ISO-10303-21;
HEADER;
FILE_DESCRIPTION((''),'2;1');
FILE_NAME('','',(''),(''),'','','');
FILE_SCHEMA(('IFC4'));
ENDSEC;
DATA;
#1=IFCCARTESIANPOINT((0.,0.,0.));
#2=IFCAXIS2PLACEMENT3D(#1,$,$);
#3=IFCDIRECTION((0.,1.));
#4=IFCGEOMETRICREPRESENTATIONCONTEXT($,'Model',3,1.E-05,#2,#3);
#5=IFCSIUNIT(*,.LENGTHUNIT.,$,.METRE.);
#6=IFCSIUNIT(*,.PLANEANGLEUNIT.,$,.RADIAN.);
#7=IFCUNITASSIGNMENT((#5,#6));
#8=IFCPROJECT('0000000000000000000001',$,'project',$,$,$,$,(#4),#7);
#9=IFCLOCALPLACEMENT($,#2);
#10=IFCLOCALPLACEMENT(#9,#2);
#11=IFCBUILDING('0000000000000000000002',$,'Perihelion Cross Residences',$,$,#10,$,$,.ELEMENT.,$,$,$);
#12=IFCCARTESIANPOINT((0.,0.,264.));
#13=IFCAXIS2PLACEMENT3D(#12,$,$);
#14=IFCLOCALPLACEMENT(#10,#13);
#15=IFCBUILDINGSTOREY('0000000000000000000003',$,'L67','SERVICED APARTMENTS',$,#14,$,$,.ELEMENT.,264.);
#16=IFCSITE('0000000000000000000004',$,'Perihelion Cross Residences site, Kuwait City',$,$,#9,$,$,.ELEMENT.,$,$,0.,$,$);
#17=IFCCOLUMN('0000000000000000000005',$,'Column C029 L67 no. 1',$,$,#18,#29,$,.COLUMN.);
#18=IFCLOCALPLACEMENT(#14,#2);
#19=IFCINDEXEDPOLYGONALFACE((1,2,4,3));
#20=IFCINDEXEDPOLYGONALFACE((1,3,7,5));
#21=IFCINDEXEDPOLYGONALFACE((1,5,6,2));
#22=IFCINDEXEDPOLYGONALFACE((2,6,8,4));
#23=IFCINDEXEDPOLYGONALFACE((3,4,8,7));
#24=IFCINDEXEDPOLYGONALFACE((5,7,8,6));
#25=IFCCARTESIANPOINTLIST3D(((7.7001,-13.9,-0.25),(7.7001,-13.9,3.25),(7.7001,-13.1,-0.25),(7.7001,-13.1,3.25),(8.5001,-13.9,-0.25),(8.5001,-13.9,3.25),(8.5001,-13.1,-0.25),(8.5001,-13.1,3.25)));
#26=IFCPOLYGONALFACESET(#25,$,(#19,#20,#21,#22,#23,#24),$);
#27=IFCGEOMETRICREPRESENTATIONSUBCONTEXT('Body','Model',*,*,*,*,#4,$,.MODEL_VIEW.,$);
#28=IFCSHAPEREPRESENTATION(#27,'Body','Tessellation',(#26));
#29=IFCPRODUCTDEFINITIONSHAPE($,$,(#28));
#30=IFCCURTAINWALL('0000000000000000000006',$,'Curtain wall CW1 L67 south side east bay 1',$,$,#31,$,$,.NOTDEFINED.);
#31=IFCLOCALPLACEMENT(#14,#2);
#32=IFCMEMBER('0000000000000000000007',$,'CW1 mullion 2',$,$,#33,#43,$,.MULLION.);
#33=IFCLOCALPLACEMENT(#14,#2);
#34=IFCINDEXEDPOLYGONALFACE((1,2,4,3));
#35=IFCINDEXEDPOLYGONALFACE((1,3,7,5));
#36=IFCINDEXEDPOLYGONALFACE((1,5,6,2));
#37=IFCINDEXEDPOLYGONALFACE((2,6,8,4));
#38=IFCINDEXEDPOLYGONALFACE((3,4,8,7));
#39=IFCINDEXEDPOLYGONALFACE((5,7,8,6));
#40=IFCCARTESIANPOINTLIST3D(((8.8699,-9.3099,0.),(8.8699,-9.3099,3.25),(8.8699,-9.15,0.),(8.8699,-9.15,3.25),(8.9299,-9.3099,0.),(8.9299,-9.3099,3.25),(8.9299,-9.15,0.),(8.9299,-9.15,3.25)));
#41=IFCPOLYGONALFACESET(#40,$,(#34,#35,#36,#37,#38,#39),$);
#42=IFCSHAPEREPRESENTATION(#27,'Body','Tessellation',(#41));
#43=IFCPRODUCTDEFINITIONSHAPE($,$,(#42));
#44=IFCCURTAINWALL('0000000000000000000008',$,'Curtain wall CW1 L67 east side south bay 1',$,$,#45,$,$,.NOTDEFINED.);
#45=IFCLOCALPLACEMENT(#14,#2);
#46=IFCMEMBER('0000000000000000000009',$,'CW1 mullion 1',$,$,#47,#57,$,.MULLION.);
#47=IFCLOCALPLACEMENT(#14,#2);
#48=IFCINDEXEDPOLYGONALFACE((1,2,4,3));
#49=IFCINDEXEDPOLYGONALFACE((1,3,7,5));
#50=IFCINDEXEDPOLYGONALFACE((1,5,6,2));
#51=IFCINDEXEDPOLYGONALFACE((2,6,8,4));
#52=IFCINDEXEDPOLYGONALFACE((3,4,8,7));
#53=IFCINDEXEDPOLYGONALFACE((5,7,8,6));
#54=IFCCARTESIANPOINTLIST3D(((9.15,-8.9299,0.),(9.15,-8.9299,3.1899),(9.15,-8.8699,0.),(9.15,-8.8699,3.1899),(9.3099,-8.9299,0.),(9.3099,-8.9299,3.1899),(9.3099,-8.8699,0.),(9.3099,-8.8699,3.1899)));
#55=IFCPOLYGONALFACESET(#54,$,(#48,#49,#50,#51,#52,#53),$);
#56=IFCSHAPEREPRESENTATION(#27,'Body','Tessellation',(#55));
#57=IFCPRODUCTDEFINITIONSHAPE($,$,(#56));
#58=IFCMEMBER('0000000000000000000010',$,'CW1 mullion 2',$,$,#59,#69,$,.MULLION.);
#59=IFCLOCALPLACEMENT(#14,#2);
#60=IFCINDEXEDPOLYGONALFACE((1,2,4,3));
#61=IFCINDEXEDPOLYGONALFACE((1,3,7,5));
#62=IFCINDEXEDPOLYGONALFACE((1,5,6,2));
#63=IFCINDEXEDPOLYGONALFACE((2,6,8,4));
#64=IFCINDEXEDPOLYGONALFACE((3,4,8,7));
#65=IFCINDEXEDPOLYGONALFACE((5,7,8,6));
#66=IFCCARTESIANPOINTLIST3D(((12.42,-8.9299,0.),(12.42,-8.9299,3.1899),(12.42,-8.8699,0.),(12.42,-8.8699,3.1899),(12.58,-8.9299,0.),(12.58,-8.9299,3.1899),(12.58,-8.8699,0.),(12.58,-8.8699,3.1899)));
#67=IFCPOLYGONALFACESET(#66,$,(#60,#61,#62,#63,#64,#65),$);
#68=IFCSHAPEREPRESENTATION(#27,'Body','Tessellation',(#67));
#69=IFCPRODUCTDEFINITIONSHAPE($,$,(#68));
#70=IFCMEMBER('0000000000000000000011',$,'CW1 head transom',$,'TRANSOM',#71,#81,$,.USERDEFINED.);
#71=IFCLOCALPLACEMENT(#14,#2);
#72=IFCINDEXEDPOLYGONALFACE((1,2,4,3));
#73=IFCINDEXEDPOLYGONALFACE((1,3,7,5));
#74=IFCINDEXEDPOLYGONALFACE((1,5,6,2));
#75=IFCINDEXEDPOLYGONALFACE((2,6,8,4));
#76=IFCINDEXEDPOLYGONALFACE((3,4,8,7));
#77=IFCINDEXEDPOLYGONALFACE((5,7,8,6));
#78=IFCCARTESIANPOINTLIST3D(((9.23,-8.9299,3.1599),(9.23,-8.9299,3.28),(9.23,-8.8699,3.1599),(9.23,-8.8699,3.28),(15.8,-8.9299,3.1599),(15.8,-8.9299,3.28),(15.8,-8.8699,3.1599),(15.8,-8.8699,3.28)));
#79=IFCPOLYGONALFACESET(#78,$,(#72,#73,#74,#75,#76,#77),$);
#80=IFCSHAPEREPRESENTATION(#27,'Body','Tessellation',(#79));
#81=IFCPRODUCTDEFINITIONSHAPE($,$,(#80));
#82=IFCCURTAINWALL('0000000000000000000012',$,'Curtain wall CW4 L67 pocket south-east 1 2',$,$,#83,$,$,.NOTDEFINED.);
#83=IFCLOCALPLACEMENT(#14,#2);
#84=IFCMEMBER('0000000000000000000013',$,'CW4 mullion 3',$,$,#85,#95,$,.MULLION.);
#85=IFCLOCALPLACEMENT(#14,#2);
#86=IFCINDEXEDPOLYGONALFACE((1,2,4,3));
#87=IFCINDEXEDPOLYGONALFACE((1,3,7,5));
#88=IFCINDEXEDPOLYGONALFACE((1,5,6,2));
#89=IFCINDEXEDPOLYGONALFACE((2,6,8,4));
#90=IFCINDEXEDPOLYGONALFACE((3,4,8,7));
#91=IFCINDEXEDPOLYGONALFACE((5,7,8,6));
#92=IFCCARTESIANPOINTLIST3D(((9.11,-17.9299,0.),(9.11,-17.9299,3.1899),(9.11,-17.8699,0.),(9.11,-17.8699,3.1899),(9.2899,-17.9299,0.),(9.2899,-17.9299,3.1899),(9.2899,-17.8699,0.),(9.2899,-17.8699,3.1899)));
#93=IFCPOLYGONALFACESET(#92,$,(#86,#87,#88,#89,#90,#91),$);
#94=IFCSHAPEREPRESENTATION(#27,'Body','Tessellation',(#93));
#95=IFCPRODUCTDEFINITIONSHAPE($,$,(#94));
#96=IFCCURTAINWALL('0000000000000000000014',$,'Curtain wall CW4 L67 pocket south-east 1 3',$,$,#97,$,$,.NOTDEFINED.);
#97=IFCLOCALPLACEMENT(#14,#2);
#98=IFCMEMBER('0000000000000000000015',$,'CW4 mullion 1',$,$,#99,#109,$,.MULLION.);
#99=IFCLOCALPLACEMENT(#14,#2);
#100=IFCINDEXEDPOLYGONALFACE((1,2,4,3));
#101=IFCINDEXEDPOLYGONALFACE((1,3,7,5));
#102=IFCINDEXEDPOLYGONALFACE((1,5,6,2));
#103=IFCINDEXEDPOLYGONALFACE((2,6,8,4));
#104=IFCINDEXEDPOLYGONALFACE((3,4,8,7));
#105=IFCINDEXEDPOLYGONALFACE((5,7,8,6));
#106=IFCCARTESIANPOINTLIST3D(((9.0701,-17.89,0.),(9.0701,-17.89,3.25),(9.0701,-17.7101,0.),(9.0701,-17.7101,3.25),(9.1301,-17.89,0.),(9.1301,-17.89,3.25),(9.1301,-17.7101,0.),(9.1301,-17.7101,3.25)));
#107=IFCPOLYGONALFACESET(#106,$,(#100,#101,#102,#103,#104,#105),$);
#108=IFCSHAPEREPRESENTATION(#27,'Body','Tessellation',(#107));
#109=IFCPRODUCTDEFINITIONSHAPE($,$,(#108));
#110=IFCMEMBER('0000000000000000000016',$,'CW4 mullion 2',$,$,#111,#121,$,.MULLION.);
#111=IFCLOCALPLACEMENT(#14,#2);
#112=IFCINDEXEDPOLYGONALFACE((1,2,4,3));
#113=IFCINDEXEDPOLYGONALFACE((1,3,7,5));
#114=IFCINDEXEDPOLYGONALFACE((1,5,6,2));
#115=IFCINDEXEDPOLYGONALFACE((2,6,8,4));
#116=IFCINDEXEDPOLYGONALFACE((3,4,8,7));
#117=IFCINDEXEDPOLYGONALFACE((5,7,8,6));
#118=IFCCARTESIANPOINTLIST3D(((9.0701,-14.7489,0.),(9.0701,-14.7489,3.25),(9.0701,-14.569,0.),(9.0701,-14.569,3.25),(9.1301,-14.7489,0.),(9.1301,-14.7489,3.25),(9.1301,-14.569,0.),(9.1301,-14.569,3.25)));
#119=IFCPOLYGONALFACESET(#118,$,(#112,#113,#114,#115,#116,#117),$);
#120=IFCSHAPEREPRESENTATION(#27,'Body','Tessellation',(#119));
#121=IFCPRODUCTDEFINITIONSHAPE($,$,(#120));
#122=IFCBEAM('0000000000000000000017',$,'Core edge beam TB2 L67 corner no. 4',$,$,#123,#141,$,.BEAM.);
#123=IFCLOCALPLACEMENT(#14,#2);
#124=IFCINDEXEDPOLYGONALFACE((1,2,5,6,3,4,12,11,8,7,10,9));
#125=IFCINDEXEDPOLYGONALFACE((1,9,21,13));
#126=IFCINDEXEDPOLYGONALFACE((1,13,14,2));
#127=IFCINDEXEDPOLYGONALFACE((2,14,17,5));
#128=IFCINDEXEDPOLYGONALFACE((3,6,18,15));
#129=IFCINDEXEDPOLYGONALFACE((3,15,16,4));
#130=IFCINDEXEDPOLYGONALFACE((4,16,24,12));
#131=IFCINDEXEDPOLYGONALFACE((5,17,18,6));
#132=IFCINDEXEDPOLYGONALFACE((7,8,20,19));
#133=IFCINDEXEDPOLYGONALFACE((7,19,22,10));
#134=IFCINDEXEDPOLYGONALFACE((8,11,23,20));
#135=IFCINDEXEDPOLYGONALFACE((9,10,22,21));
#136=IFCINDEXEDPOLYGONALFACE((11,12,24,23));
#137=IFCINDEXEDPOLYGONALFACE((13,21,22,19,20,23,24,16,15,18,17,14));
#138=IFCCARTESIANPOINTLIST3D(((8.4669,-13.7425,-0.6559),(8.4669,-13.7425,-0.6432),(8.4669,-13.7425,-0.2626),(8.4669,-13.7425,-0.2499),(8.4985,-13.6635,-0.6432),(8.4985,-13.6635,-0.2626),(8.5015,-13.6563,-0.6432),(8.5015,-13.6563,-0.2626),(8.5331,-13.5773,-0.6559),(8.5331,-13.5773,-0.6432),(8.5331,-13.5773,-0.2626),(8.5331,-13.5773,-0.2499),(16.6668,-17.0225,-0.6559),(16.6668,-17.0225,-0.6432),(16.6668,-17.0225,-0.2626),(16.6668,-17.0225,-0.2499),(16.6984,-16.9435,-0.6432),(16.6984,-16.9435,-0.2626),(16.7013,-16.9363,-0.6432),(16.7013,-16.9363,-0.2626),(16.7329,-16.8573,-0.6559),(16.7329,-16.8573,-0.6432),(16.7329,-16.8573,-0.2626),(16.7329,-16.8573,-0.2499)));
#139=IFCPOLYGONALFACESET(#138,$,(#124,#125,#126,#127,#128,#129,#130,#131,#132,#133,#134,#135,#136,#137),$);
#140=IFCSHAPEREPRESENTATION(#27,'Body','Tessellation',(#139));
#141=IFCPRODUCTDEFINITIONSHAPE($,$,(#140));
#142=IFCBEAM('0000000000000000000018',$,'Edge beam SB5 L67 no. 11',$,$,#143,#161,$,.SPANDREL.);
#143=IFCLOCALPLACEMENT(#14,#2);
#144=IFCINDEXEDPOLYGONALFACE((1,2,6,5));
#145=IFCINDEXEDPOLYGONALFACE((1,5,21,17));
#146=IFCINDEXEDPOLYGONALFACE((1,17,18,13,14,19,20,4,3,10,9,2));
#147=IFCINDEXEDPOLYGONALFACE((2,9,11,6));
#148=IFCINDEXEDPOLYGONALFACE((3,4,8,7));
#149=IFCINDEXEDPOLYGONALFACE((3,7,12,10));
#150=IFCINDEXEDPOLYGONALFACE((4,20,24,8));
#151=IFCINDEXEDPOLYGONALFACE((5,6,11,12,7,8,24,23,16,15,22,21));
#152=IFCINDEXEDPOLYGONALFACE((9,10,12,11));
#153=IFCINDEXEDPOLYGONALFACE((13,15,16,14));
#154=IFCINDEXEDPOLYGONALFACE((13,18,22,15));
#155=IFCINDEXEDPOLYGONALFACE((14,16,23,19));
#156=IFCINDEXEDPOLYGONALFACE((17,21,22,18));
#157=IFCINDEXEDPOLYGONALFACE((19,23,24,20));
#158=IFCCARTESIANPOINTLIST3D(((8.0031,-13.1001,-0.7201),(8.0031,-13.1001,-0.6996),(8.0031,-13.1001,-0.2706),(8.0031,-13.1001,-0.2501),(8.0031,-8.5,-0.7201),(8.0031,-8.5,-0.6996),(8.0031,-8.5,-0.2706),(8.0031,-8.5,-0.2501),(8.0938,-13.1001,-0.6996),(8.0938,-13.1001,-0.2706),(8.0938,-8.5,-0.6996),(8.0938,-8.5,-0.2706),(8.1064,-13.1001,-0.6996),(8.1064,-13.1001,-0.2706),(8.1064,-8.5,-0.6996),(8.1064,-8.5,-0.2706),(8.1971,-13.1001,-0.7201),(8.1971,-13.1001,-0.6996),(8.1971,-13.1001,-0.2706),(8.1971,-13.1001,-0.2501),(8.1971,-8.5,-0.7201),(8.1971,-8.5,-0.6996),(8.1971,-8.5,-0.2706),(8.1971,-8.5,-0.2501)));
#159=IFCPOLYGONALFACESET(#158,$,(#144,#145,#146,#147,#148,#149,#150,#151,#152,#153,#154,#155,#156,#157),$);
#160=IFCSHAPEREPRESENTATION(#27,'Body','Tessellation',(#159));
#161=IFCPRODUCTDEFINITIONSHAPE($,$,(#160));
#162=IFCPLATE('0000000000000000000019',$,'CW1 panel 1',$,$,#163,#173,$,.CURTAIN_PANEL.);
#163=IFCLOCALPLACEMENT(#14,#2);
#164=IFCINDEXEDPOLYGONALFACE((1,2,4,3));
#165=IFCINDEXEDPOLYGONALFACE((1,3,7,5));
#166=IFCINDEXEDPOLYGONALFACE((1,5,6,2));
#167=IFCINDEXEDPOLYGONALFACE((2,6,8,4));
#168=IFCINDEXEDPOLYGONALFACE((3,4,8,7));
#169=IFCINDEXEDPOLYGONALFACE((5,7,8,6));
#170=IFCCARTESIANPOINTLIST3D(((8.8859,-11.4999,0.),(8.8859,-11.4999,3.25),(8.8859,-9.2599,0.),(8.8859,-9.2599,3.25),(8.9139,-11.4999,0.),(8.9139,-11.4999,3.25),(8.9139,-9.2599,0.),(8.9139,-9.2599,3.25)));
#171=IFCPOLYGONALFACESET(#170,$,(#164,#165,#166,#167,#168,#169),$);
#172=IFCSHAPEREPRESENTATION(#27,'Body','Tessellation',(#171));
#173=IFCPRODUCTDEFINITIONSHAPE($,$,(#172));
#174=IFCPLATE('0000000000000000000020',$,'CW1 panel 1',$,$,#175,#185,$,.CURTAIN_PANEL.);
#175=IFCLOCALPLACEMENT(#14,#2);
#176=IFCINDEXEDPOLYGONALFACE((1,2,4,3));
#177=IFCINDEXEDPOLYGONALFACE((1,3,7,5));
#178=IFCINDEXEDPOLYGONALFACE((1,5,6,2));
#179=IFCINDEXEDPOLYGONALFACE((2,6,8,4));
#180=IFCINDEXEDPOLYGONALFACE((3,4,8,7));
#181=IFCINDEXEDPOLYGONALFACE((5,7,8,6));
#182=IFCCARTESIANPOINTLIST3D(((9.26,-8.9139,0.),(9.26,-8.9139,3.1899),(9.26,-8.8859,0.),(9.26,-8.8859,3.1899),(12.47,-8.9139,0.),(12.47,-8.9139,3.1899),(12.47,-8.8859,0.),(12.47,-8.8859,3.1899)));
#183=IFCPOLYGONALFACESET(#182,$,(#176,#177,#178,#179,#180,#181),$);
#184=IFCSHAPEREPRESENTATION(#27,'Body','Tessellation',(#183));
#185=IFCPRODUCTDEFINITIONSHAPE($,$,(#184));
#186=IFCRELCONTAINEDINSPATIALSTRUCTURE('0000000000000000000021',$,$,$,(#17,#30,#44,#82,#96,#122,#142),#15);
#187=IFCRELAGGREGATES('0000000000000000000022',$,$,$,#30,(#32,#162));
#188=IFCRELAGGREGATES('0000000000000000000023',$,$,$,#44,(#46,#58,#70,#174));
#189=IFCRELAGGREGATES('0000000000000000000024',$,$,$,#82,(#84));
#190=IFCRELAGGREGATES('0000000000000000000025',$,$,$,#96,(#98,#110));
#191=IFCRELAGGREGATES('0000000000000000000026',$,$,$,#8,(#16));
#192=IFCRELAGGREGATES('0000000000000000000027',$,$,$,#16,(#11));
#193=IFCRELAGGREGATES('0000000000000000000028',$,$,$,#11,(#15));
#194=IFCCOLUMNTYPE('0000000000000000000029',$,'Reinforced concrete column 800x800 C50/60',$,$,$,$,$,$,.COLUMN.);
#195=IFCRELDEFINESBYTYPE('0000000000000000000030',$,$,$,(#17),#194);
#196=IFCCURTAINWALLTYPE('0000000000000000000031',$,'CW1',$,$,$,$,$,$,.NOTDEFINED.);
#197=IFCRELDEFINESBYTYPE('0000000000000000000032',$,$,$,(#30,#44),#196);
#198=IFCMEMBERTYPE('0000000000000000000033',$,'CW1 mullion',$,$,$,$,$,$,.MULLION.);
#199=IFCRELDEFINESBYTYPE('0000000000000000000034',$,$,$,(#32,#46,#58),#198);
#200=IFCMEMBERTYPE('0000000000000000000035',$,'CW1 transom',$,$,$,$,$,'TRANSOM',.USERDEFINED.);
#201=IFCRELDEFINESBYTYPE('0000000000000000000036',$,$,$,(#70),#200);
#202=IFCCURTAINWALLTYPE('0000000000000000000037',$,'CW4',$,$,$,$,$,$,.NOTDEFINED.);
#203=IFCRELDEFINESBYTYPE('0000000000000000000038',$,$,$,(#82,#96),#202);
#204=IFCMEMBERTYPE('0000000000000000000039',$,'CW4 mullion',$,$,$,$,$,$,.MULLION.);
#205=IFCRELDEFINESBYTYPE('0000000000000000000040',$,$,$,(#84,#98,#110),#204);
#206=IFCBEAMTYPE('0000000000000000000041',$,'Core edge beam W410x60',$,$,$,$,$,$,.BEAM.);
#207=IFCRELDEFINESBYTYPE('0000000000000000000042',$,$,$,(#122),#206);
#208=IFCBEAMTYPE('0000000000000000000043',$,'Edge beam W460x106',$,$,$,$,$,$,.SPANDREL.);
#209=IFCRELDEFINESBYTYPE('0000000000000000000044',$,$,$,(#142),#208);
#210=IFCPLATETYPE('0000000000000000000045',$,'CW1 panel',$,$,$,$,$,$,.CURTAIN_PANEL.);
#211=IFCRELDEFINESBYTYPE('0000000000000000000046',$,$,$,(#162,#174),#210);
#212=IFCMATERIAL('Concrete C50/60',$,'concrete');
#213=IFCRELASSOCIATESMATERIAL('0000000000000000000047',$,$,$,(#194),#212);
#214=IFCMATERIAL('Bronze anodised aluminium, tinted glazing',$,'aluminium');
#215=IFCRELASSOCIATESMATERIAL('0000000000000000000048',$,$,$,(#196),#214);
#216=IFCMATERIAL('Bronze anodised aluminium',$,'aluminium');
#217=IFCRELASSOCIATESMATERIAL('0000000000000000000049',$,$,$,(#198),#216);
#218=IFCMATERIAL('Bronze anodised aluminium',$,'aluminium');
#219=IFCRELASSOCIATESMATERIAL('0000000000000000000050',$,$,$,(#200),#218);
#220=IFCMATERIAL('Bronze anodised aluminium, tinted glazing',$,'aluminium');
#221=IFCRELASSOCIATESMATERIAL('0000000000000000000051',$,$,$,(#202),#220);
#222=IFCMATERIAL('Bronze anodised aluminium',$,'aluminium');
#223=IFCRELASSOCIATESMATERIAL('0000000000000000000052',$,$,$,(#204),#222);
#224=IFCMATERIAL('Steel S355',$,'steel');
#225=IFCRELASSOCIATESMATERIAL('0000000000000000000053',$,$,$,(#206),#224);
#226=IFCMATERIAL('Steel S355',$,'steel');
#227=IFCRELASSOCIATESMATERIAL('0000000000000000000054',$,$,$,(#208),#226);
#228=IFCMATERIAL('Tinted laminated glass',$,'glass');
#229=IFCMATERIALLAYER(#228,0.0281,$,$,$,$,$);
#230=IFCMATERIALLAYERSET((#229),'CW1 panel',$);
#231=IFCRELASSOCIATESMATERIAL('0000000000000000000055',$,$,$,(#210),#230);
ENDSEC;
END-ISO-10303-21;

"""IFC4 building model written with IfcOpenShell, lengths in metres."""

from ifc_helpers import new_model, si_unit, direction, frame, origin, origin_2d, place, context, subcontext, project, spatial, rectangle, i_section, extrude, material, layer, layer_set, material_profile, profile_set, type_object, element, aggregate, save


model = new_model("IFC4")

# Units and contexts
model_context = context("Model", 3, precision=1e-05, world=origin(), true_north=direction((0.0, 1.0)))
body_context = subcontext(model_context, "Body", "Model", "MODEL_VIEW")
ifc_project = project(units=[si_unit("LENGTHUNIT", "METRE"), si_unit("PLANEANGLEUNIT", "RADIAN")], contexts=[model_context])

# Site, building, storey
site_placement = place(None, origin())
site = spatial("IfcSite", under=ifc_project, at=site_placement, Name="Perihelion Cross Residences site, Kuwait City", CompositionType="ELEMENT", RefElevation=0.0)
building_placement = place(site_placement, origin())
building = spatial("IfcBuilding", under=site, at=building_placement, Name="Perihelion Cross Residences", CompositionType="ELEMENT")
storey_placement = place(building_placement, frame((0.0, 0.0, 264.0)))
storey = spatial("IfcBuildingStorey", under=building, at=storey_placement, Name="L67", Description="SERVICED APARTMENTS", CompositionType="ELEMENT", Elevation=264.0)

# Column
ifc_material_1 = material(Name="Concrete C50/60", Category="concrete")
ifc_material_profile_1 = material_profile(ifc_material_1, rectangle(XDim=0.8, YDim=0.8, at=origin_2d()), Name="RC 800x800")
ifc_profile_set_1 = profile_set([ifc_material_profile_1], Name="Concrete C50/60")
column_type = type_object("IfcColumnType", Name="Reinforced concrete column 800x800 C50/60", PredefinedType="COLUMN", material=ifc_profile_set_1)
column_placement = place(storey_placement, frame((8.1001, -13.5, -0.25), z_axis=(0.0, 0.0, 1.0), x_axis=(1.0, 0.0, 0.0)))
element("IfcColumn", 1, at=column_placement, inside=storey, type_object=column_type, Name="Column C029 L67 no. 1", PredefinedType="COLUMN", context=body_context, shape_type="SweptSolid", body=[
    extrude(rectangle(XDim=0.8, YDim=0.8, at=origin_2d()), origin(), (0.0, 0.0, 1.0), 3.5),
])

# Curtain wall, member
ifc_material_2 = material(Name="Bronze anodised aluminium, tinted glazing", Category="aluminium")
curtain_wall_type_1 = type_object("IfcCurtainWallType", Name="CW1", PredefinedType="NOTDEFINED", material=ifc_material_2)
curtain_wall_1_placement = place(storey_placement, origin())
curtain_wall_1 = element("IfcCurtainWall", 2, at=curtain_wall_1_placement, inside=storey, type_object=curtain_wall_type_1, Name="Curtain wall CW1 L67 south side east bay 1", PredefinedType="NOTDEFINED")
ifc_material_3 = material(Name="Bronze anodised aluminium", Category="aluminium")
ifc_material_profile_2 = material_profile(ifc_material_3, rectangle(XDim=0.0601, YDim=0.1599, at=origin_2d()), Name="CW1 mullion")
ifc_profile_set_2 = profile_set([ifc_material_profile_2], Name="Bronze anodised aluminium")
member_type_1 = type_object("IfcMemberType", Name="CW1 mullion", PredefinedType="MULLION", material=ifc_profile_set_2)
member_1_placement = place(storey_placement, frame((8.8999, -9.23, 0.0), z_axis=(0.0, 0.0, 1.0), x_axis=(-1.0, 0.0, 0.0)))
member_1 = element("IfcMember", 3, at=member_1_placement, type_object=member_type_1, Name="CW1 mullion 2", PredefinedType="MULLION", context=body_context, shape_type="SweptSolid", body=[
    extrude(rectangle(XDim=0.0601, YDim=0.1599, at=origin_2d()), origin(), (0.0, 0.0, 1.0), 3.25),
])

# Curtain wall, members
curtain_wall_2_placement = place(storey_placement, origin())
curtain_wall_2 = element("IfcCurtainWall", 4, at=curtain_wall_2_placement, inside=storey, type_object=curtain_wall_type_1, Name="Curtain wall CW1 L67 east side south bay 1", PredefinedType="NOTDEFINED")
member_2_placement = place(storey_placement, frame((9.23, -8.8999, 0.0), z_axis=(0.0, 0.0, 1.0), x_axis=(0.0, 1.0, 0.0)))
member_2 = element("IfcMember", 5, at=member_2_placement, type_object=member_type_1, Name="CW1 mullion 1", PredefinedType="MULLION", context=body_context, shape_type="SweptSolid", body=[
    extrude(rectangle(XDim=0.0601, YDim=0.1599, at=origin_2d()), origin(), (0.0, 0.0, 1.0), 3.1899),
])
member_3_placement = place(storey_placement, frame((12.5, -8.8999, 0.0), z_axis=(0.0, 0.0, 1.0), x_axis=(0.0, 1.0, 0.0)))
member_3 = element("IfcMember", 6, at=member_3_placement, type_object=member_type_1, Name="CW1 mullion 2", PredefinedType="MULLION", context=body_context, shape_type="SweptSolid", body=[
    extrude(rectangle(XDim=0.0601, YDim=0.1599, at=origin_2d()), origin(), (0.0, 0.0, 1.0), 3.1899),
])
ifc_material_4 = material(Name="Bronze anodised aluminium", Category="aluminium")
ifc_material_profile_3 = material_profile(ifc_material_4, rectangle(XDim=0.0601, YDim=0.1201, at=origin_2d()), Name="CW1 transom")
ifc_profile_set_3 = profile_set([ifc_material_profile_3], Name="Bronze anodised aluminium")
member_type_2 = type_object("IfcMemberType", Name="CW1 transom", ElementType="TRANSOM", PredefinedType="USERDEFINED", material=ifc_profile_set_3)
member_4_placement = place(storey_placement, frame((9.23, -8.8999, 3.22), z_axis=(1.0, 0.0, 0.0), x_axis=(0.0, 1.0, 0.0)))
member_4 = element("IfcMember", 7, at=member_4_placement, type_object=member_type_2, Name="CW1 head transom", ObjectType="TRANSOM", PredefinedType="USERDEFINED", context=body_context, shape_type="SweptSolid", body=[
    extrude(rectangle(XDim=0.0601, YDim=0.1201, at=origin_2d()), origin(), (0.0, 0.0, 1.0), 6.5701),
])

# Curtain wall, member
ifc_material_5 = material(Name="Bronze anodised aluminium, tinted glazing", Category="aluminium")
curtain_wall_type_2 = type_object("IfcCurtainWallType", Name="CW4", PredefinedType="NOTDEFINED", material=ifc_material_5)
curtain_wall_3_placement = place(storey_placement, origin())
curtain_wall_3 = element("IfcCurtainWall", 8, at=curtain_wall_3_placement, inside=storey, type_object=curtain_wall_type_2, Name="Curtain wall CW4 L67 pocket south-east 1 2", PredefinedType="NOTDEFINED")
ifc_material_6 = material(Name="Bronze anodised aluminium", Category="aluminium")
ifc_material_profile_4 = material_profile(ifc_material_6, rectangle(XDim=0.0601, YDim=0.1799, at=origin_2d()), Name="CW4 mullion")
ifc_profile_set_4 = profile_set([ifc_material_profile_4], Name="Bronze anodised aluminium")
member_type_3 = type_object("IfcMemberType", Name="CW4 mullion", PredefinedType="MULLION", material=ifc_profile_set_4)
member_5_placement = place(storey_placement, frame((9.2, -17.8999, 0.0), z_axis=(0.0, 0.0, 1.0), x_axis=(0.0, -1.0, 0.0)))
member_5 = element("IfcMember", 9, at=member_5_placement, type_object=member_type_3, Name="CW4 mullion 3", PredefinedType="MULLION", context=body_context, shape_type="SweptSolid", body=[
    extrude(rectangle(XDim=0.0601, YDim=0.1799, at=origin_2d()), origin(), (0.0, 0.0, 1.0), 3.1899),
])

# Curtain wall, members
curtain_wall_4_placement = place(storey_placement, origin())
curtain_wall_4 = element("IfcCurtainWall", 10, at=curtain_wall_4_placement, inside=storey, type_object=curtain_wall_type_2, Name="Curtain wall CW4 L67 pocket south-east 1 3", PredefinedType="NOTDEFINED")
member_6_placement = place(storey_placement, frame((9.1001, -17.8, 0.0), z_axis=(0.0, 0.0, 1.0), x_axis=(-1.0, 0.0, 0.0)))
member_6 = element("IfcMember", 11, at=member_6_placement, type_object=member_type_3, Name="CW4 mullion 1", PredefinedType="MULLION", context=body_context, shape_type="SweptSolid", body=[
    extrude(rectangle(XDim=0.0601, YDim=0.1799, at=origin_2d()), origin(), (0.0, 0.0, 1.0), 3.25),
])
member_7_placement = place(storey_placement, frame((9.1001, -14.6589, 0.0), z_axis=(0.0, 0.0, 1.0), x_axis=(-1.0, 0.0, 0.0)))
member_7 = element("IfcMember", 12, at=member_7_placement, type_object=member_type_3, Name="CW4 mullion 2", PredefinedType="MULLION", context=body_context, shape_type="SweptSolid", body=[
    extrude(rectangle(XDim=0.0601, YDim=0.1799, at=origin_2d()), origin(), (0.0, 0.0, 1.0), 3.25),
])

# Beams
ifc_material_7 = material(Name="Steel S355", Category="steel")
ifc_material_profile_5 = material_profile(ifc_material_7, i_section(OverallWidth=0.178, OverallDepth=0.406, WebThickness=0.0078, FlangeThickness=0.0127, at=origin_2d()), Name="W410x60")
ifc_profile_set_5 = profile_set([ifc_material_profile_5], Name="Steel S355")
beam_type_1 = type_object("IfcBeamType", Name="Core edge beam W410x60", PredefinedType="BEAM", material=ifc_profile_set_5)
beam_1_placement = place(storey_placement, frame((8.5, -13.6599, -0.4529), z_axis=(0.928475, -0.371395, 0.0), x_axis=(0.371395, 0.928475, 0.0)))
element("IfcBeam", 13, at=beam_1_placement, inside=storey, type_object=beam_type_1, Name="Core edge beam TB2 L67 corner no. 4", PredefinedType="BEAM", context=body_context, shape_type="SweptSolid", body=[
    extrude(i_section(OverallWidth=0.178, OverallDepth=0.406, WebThickness=0.0078, FlangeThickness=0.0127, at=origin_2d()), origin(), (0.0, 0.0, 1.0), 8.8315),
])
ifc_material_8 = material(Name="Steel S355", Category="steel")
ifc_material_profile_6 = material_profile(ifc_material_8, i_section(OverallWidth=0.1941, OverallDepth=0.47, WebThickness=0.0127, FlangeThickness=0.0205, at=origin_2d()), Name="W460x106")
ifc_profile_set_6 = profile_set([ifc_material_profile_6], Name="Steel S355")
beam_type_2 = type_object("IfcBeamType", Name="Edge beam W460x106", PredefinedType="SPANDREL", material=ifc_profile_set_6)
beam_2_placement = place(storey_placement, frame((8.1001, -13.1001, -0.4851), z_axis=(0.0, 1.0, 0.0), x_axis=(-1.0, 0.0, 0.0)))
element("IfcBeam", 14, at=beam_2_placement, inside=storey, type_object=beam_type_2, Name="Edge beam SB5 L67 no. 11", PredefinedType="SPANDREL", context=body_context, shape_type="SweptSolid", body=[
    extrude(i_section(OverallWidth=0.1941, OverallDepth=0.47, WebThickness=0.0127, FlangeThickness=0.0205, at=origin_2d()), origin(), (0.0, 0.0, 1.0), 4.6001),
])

# Plates
ifc_material_9 = material(Name="Tinted laminated glass", Category="glass")
ifc_layer_1 = layer(ifc_material_9, 0.0281)
ifc_layer_set_1 = layer_set([ifc_layer_1], Name="CW1 panel")
plate_type_1 = type_object("IfcPlateType", Name="CW1 panel", PredefinedType="CURTAIN_PANEL", material=ifc_layer_set_1)
plate_1_placement = place(storey_placement, frame((8.8999, -10.3799, 0.0), z_axis=(0.0, 0.0, 1.0), x_axis=(0.0, 1.0, 0.0)))
plate_1 = element("IfcPlate", 15, at=plate_1_placement, type_object=plate_type_1, Name="CW1 panel 1", PredefinedType="CURTAIN_PANEL", context=body_context, shape_type="SweptSolid", body=[
    extrude(rectangle(XDim=2.24, YDim=0.0281, at=origin_2d()), origin(), (0.0, 0.0, 1.0), 3.25),
])
aggregate(curtain_wall_1, [member_1, plate_1])
plate_2_placement = place(storey_placement, frame((10.865, -8.8999, 0.0), z_axis=(0.0, 0.0, 1.0), x_axis=(1.0, 0.0, 0.0)))
plate_2 = element("IfcPlate", 16, at=plate_2_placement, type_object=plate_type_1, Name="CW1 panel 1", PredefinedType="CURTAIN_PANEL", context=body_context, shape_type="SweptSolid", body=[
    extrude(rectangle(XDim=3.21, YDim=0.0281, at=origin_2d()), origin(), (0.0, 0.0, 1.0), 3.1899),
])
aggregate(curtain_wall_2, [member_2, member_3, member_4, plate_2])
aggregate(curtain_wall_3, [member_5])
aggregate(curtain_wall_4, [member_6, member_7])

save(model, "model.ifc")
